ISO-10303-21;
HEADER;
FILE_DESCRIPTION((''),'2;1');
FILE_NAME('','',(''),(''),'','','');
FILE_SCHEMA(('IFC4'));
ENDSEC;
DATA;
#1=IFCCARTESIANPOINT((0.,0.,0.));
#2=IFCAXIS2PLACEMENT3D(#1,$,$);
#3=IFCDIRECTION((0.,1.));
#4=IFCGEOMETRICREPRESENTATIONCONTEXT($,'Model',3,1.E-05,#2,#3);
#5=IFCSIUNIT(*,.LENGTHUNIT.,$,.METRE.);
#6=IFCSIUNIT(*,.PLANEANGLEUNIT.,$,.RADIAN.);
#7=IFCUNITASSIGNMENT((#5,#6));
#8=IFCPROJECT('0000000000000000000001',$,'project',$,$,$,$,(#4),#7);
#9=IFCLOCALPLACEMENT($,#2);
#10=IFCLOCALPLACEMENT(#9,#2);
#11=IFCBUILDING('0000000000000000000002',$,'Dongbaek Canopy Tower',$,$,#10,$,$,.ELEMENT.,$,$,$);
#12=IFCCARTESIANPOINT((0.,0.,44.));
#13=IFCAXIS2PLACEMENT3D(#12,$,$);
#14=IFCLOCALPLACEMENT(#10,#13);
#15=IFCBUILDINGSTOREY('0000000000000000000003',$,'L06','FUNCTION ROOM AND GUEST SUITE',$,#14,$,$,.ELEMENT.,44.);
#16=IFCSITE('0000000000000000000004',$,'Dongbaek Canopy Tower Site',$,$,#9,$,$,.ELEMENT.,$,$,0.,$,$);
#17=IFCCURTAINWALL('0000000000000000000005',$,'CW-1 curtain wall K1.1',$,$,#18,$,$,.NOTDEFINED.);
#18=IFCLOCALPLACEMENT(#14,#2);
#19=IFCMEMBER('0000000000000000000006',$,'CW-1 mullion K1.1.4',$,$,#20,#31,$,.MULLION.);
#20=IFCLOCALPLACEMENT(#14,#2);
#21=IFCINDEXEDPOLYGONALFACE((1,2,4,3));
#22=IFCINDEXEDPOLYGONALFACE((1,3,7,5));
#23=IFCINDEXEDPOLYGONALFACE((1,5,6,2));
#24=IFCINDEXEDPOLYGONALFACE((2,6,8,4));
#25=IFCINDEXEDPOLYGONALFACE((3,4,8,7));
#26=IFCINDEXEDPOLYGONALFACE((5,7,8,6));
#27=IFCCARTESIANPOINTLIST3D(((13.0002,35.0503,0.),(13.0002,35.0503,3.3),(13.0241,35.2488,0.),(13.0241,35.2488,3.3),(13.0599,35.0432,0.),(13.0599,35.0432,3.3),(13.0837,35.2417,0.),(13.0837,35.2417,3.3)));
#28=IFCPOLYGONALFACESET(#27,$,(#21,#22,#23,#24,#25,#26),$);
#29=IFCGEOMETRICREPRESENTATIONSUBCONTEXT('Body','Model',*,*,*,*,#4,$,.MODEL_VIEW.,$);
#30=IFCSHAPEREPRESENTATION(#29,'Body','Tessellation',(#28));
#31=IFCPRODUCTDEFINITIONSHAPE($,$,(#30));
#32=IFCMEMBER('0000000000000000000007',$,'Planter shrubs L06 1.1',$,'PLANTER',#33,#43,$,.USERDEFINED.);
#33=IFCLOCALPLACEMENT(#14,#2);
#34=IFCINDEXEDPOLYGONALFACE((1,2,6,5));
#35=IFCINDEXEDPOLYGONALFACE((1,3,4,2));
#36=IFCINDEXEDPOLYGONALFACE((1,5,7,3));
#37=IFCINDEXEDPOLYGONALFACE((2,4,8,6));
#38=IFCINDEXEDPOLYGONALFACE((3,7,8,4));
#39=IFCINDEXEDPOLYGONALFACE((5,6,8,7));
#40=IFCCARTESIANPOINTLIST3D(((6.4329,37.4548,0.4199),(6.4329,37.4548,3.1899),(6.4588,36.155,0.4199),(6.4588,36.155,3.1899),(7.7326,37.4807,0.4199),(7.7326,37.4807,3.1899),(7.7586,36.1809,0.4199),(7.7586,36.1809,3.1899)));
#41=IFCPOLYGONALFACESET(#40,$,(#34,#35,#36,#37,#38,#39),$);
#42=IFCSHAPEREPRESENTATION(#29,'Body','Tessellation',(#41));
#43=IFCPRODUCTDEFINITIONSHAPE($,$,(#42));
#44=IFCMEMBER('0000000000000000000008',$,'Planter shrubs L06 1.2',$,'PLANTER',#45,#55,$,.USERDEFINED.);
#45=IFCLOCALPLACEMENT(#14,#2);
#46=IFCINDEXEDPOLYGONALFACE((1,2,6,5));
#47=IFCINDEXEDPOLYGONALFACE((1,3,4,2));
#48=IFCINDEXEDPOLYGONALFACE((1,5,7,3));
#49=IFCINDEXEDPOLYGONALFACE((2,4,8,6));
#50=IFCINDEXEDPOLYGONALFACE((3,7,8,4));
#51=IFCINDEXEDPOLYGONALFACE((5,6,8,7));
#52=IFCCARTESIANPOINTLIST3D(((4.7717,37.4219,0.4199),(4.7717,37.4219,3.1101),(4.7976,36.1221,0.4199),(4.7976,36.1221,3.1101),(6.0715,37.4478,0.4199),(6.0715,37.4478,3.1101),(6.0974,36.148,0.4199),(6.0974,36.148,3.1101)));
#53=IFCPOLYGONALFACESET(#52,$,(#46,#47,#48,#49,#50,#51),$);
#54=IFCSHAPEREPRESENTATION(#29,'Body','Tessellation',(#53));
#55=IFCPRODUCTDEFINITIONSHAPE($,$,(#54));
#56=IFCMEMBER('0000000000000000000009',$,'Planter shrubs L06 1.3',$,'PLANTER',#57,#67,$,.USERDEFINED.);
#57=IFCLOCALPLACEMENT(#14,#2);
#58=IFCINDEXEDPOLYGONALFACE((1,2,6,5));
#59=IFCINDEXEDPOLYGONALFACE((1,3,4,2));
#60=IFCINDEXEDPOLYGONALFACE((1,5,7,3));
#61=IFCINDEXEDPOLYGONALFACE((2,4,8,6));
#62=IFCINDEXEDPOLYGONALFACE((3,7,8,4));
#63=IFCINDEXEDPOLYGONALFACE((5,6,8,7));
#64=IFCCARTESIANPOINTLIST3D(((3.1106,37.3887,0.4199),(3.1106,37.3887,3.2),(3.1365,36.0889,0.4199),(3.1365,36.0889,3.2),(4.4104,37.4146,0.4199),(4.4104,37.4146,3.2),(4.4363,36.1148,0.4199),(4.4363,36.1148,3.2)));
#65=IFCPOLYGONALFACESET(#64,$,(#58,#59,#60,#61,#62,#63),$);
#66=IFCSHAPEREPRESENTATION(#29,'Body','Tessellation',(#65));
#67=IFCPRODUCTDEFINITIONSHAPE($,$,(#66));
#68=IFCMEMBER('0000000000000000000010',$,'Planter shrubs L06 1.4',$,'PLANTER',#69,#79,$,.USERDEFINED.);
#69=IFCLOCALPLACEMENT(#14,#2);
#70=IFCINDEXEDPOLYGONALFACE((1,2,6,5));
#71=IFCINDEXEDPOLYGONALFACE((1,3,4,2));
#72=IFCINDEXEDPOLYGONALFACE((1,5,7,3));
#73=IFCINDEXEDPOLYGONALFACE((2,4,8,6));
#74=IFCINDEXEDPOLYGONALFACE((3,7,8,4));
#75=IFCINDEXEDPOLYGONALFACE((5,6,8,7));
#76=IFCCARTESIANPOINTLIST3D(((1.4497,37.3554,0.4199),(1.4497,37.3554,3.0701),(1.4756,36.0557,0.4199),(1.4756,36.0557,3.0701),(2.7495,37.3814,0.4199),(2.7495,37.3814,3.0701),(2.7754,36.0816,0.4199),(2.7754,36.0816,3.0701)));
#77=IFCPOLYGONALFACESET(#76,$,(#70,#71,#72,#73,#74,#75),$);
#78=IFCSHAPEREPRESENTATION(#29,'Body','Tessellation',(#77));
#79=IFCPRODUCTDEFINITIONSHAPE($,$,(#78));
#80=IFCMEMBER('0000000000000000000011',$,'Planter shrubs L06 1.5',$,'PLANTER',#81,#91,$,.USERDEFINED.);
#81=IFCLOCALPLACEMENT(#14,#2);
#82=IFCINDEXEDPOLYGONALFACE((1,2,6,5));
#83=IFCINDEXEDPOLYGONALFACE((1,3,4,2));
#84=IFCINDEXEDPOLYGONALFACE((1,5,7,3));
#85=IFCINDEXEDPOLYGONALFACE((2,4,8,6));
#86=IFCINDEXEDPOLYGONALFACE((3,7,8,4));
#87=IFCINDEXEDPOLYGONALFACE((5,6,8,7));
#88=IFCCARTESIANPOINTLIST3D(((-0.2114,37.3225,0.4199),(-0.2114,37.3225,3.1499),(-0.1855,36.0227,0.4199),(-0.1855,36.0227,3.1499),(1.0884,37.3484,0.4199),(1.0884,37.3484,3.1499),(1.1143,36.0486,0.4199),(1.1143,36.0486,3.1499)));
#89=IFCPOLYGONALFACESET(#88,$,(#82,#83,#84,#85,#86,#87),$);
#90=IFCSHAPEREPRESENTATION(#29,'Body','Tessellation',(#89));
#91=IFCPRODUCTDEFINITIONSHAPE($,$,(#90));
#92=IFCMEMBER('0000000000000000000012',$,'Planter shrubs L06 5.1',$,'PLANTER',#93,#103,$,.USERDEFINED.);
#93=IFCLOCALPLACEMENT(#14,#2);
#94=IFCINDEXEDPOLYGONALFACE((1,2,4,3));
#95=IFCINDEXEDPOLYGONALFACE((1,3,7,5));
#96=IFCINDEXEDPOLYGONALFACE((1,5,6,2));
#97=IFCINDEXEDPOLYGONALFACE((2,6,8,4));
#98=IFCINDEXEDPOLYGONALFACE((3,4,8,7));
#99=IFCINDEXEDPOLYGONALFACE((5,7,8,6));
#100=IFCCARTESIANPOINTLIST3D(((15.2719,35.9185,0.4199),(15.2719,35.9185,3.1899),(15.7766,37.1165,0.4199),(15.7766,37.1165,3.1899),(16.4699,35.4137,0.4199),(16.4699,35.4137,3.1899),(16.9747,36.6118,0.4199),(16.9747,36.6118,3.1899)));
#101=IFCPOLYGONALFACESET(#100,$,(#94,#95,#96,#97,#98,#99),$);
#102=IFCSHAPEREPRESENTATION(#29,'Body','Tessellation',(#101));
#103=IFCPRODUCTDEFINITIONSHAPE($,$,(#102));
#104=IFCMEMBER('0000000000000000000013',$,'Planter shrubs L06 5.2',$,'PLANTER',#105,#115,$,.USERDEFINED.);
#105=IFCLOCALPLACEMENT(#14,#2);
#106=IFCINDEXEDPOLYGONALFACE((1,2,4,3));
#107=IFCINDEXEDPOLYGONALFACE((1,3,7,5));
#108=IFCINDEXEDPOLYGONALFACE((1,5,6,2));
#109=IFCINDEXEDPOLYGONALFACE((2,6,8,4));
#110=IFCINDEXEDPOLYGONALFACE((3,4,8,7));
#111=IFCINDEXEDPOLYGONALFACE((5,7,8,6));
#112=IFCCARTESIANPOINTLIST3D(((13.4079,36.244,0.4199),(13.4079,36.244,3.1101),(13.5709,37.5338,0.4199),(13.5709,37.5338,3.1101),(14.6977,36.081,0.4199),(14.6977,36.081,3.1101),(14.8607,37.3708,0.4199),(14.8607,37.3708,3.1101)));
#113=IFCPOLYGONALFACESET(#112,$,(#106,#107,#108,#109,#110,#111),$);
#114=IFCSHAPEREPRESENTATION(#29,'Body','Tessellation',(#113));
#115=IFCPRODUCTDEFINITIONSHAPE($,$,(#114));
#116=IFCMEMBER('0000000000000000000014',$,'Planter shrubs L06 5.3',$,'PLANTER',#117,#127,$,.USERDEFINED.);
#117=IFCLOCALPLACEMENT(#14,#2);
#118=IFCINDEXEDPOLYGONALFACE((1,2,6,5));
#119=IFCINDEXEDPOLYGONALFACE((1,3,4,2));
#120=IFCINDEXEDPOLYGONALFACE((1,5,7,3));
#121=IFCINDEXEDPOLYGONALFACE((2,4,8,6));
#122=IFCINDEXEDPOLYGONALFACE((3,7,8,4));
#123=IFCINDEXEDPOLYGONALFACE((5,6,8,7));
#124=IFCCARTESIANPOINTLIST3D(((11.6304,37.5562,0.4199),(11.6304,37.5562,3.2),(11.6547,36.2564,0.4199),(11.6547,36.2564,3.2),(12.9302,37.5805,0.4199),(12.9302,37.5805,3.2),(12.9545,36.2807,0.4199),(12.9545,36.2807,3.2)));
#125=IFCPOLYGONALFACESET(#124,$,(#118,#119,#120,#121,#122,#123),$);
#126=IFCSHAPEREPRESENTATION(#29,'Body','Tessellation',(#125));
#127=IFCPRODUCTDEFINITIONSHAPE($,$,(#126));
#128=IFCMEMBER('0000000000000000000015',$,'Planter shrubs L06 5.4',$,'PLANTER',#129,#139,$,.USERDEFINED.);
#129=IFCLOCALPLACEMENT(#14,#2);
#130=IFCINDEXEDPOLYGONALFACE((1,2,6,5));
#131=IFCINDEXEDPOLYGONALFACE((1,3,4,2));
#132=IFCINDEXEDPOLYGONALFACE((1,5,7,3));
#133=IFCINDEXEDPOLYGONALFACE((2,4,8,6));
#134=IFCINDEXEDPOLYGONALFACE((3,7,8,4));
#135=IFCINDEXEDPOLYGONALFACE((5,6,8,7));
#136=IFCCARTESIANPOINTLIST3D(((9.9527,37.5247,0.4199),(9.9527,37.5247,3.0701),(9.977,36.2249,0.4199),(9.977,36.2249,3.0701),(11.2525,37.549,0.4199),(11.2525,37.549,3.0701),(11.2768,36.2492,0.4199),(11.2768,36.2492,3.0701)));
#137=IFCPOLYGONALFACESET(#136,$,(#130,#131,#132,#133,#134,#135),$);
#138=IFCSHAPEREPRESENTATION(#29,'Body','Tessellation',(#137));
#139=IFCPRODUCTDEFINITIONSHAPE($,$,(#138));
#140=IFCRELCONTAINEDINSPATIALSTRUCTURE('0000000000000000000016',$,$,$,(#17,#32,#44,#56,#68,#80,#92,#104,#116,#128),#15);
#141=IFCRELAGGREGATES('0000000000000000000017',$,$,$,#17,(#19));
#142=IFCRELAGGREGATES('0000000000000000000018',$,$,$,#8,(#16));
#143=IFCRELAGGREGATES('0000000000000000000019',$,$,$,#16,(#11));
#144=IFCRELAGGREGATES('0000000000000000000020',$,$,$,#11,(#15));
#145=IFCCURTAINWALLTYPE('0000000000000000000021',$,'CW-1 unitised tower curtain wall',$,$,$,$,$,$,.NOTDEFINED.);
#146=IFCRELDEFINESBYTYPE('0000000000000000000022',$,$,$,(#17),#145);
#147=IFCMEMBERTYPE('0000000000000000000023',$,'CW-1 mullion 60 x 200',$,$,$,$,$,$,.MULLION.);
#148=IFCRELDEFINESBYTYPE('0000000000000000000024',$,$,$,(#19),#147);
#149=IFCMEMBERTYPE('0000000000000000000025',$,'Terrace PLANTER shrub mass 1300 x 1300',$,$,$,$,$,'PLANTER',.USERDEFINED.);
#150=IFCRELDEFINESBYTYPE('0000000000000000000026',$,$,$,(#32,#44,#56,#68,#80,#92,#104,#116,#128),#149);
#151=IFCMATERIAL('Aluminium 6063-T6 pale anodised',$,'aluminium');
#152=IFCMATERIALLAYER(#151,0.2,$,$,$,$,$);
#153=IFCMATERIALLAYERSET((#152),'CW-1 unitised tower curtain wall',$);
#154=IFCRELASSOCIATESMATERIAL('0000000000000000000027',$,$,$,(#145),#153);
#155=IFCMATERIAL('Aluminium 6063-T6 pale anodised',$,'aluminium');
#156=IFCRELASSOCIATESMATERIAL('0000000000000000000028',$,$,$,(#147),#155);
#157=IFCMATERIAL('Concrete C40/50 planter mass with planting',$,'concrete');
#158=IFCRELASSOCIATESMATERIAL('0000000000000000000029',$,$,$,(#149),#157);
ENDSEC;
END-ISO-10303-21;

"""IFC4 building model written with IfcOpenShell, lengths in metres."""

from ifc_helpers import new_model, si_unit, direction, frame, origin, origin_2d, place, context, subcontext, project, spatial, rectangle, extrude, material, layer, layer_set, material_profile, profile_set, type_object, element, aggregate, save


model = new_model("IFC4")

# Units and contexts
model_context = context("Model", 3, precision=1e-05, world=origin(), true_north=direction((0.0, 1.0)))
body_context = subcontext(model_context, "Body", "Model", "MODEL_VIEW")
ifc_project = project(units=[si_unit("LENGTHUNIT", "METRE"), si_unit("PLANEANGLEUNIT", "RADIAN")], contexts=[model_context])

# Site, building, storey
site_placement = place(None, origin())
site = spatial("IfcSite", under=ifc_project, at=site_placement, Name="Dongbaek Canopy Tower Site", CompositionType="ELEMENT", RefElevation=0.0)
building_placement = place(site_placement, origin())
building = spatial("IfcBuilding", under=site, at=building_placement, Name="Dongbaek Canopy Tower", CompositionType="ELEMENT")
storey_placement = place(building_placement, frame((0.0, 0.0, 44.0)))
storey = spatial("IfcBuildingStorey", under=building, at=storey_placement, Name="L06", Description="FUNCTION ROOM AND GUEST SUITE", CompositionType="ELEMENT", Elevation=44.0)

# Curtain wall, member
ifc_material_1 = material(Name="Aluminium 6063-T6 pale anodised", Category="aluminium")
ifc_layer_1 = layer(ifc_material_1, 0.2)
ifc_layer_set_1 = layer_set([ifc_layer_1], Name="CW-1 unitised tower curtain wall")
curtain_wall_type = type_object("IfcCurtainWallType", Name="CW-1 unitised tower curtain wall", PredefinedType="NOTDEFINED", material=ifc_layer_set_1)
curtain_wall_placement = place(storey_placement, origin())
curtain_wall = element("IfcCurtainWall", 1, at=curtain_wall_placement, inside=storey, type_object=curtain_wall_type, Name="CW-1 curtain wall K1.1", PredefinedType="NOTDEFINED")
ifc_material_2 = material(Name="Aluminium 6063-T6 pale anodised", Category="aluminium")
ifc_material_profile_1 = material_profile(ifc_material_2, rectangle(XDim=0.2, YDim=0.0601, at=origin_2d()), Name="CW-1 mullion 60 x 200")
ifc_profile_set_1 = profile_set([ifc_material_profile_1], Name="Aluminium 6063-T6 pale anodised")
member_type_1 = type_object("IfcMemberType", Name="CW-1 mullion 60 x 200", PredefinedType="MULLION", material=ifc_profile_set_1)
member_1_placement = place(storey_placement, frame((13.042, 35.146, 0.0), z_axis=(0.0, 0.0, 1.0), x_axis=(0.119342, 0.992853, 0.0)))
member_1 = element("IfcMember", 2, at=member_1_placement, type_object=member_type_1, Name="CW-1 mullion K1.1.4", PredefinedType="MULLION", context=body_context, shape_type="SweptSolid", body=[
    extrude(rectangle(XDim=0.2, YDim=0.0601, at=origin_2d()), origin(), (0.0, 0.0, 1.0), 3.3),
])
aggregate(curtain_wall, [member_1])

# Members
ifc_material_3 = material(Name="Concrete C40/50 planter mass with planting", Category="concrete")
ifc_material_profile_2 = material_profile(ifc_material_3, rectangle(XDim=1.3, YDim=1.3, at=origin_2d()), Name="Terrace PLANTER shrub mass 1300 x 1300")
ifc_profile_set_2 = profile_set([ifc_material_profile_2], Name="Concrete C40/50 planter mass with planting")
member_type_2 = type_object("IfcMemberType", Name="Terrace PLANTER shrub mass 1300 x 1300", ElementType="PLANTER", PredefinedType="USERDEFINED", material=ifc_profile_set_2)
member_2_placement = place(storey_placement, frame((7.0957, 36.8179, 0.4199), z_axis=(0.0, 0.0, 1.0), x_axis=(-0.019926, 0.999801, 0.0)))
element("IfcMember", 3, at=member_2_placement, inside=storey, type_object=member_type_2, Name="Planter shrubs L06 1.1", ObjectType="PLANTER", PredefinedType="USERDEFINED", context=body_context, shape_type="SweptSolid", body=[
    extrude(rectangle(XDim=1.3, YDim=1.3, at=origin_2d()), origin(), (0.0, 0.0, 1.0), 2.77),
])
member_3_placement = place(storey_placement, frame((5.4346, 36.7849, 0.4199), z_axis=(0.0, 0.0, 1.0), x_axis=(-0.019926, 0.999801, 0.0)))
element("IfcMember", 4, at=member_3_placement, inside=storey, type_object=member_type_2, Name="Planter shrubs L06 1.2", ObjectType="PLANTER", PredefinedType="USERDEFINED", context=body_context, shape_type="SweptSolid", body=[
    extrude(rectangle(XDim=1.3, YDim=1.3, at=origin_2d()), origin(), (0.0, 0.0, 1.0), 2.6902),
])
member_4_placement = place(storey_placement, frame((3.7734, 36.7517, 0.4199), z_axis=(0.0, 0.0, 1.0), x_axis=(-0.019926, 0.999801, 0.0)))
element("IfcMember", 5, at=member_4_placement, inside=storey, type_object=member_type_2, Name="Planter shrubs L06 1.3", ObjectType="PLANTER", PredefinedType="USERDEFINED", context=body_context, shape_type="SweptSolid", body=[
    extrude(rectangle(XDim=1.3, YDim=1.3, at=origin_2d()), origin(), (0.0, 0.0, 1.0), 2.78),
])
member_5_placement = place(storey_placement, frame((2.1125, 36.7185, 0.4199), z_axis=(0.0, 0.0, 1.0), x_axis=(-0.019926, 0.999801, 0.0)))
element("IfcMember", 6, at=member_5_placement, inside=storey, type_object=member_type_2, Name="Planter shrubs L06 1.4", ObjectType="PLANTER", PredefinedType="USERDEFINED", context=body_context, shape_type="SweptSolid", body=[
    extrude(rectangle(XDim=1.3, YDim=1.3, at=origin_2d()), origin(), (0.0, 0.0, 1.0), 2.6501),
])
member_6_placement = place(storey_placement, frame((0.4514, 36.6855, 0.4199), z_axis=(0.0, 0.0, 1.0), x_axis=(-0.019926, 0.999801, 0.0)))
element("IfcMember", 7, at=member_6_placement, inside=storey, type_object=member_type_2, Name="Planter shrubs L06 1.5", ObjectType="PLANTER", PredefinedType="USERDEFINED", context=body_context, shape_type="SweptSolid", body=[
    extrude(rectangle(XDim=1.3, YDim=1.3, at=origin_2d()), origin(), (0.0, 0.0, 1.0), 2.73),
])
member_7_placement = place(storey_placement, frame((16.1233, 36.2651, 0.4199), z_axis=(0.0, 0.0, 1.0), x_axis=(0.388254, 0.921552, 0.0)))
element("IfcMember", 8, at=member_7_placement, inside=storey, type_object=member_type_2, Name="Planter shrubs L06 5.1", ObjectType="PLANTER", PredefinedType="USERDEFINED", context=body_context, shape_type="SweptSolid", body=[
    extrude(rectangle(XDim=1.3, YDim=1.3, at=origin_2d()), origin(), (0.0, 0.0, 1.0), 2.77),
])
member_8_placement = place(storey_placement, frame((14.1343, 36.8074, 0.4199), z_axis=(0.0, 0.0, 1.0), x_axis=(0.125388, 0.992108, 0.0)))
element("IfcMember", 9, at=member_8_placement, inside=storey, type_object=member_type_2, Name="Planter shrubs L06 5.2", ObjectType="PLANTER", PredefinedType="USERDEFINED", context=body_context, shape_type="SweptSolid", body=[
    extrude(rectangle(XDim=1.3, YDim=1.3, at=origin_2d()), origin(), (0.0, 0.0, 1.0), 2.6902),
])
member_9_placement = place(storey_placement, frame((12.2925, 36.9185, 0.4199), z_axis=(0.0, 0.0, 1.0), x_axis=(-0.018701, 0.999825, 0.0)))
element("IfcMember", 10, at=member_9_placement, inside=storey, type_object=member_type_2, Name="Planter shrubs L06 5.3", ObjectType="PLANTER", PredefinedType="USERDEFINED", context=body_context, shape_type="SweptSolid", body=[
    extrude(rectangle(XDim=1.3, YDim=1.3, at=origin_2d()), origin(), (0.0, 0.0, 1.0), 2.78),
])
member_10_placement = place(storey_placement, frame((10.6147, 36.887, 0.4199), z_axis=(0.0, 0.0, 1.0), x_axis=(-0.018701, 0.999825, 0.0)))
element("IfcMember", 11, at=member_10_placement, inside=storey, type_object=member_type_2, Name="Planter shrubs L06 5.4", ObjectType="PLANTER", PredefinedType="USERDEFINED", context=body_context, shape_type="SweptSolid", body=[
    extrude(rectangle(XDim=1.3, YDim=1.3, at=origin_2d()), origin(), (0.0, 0.0, 1.0), 2.6501),
])

save(model, "model.ifc")
